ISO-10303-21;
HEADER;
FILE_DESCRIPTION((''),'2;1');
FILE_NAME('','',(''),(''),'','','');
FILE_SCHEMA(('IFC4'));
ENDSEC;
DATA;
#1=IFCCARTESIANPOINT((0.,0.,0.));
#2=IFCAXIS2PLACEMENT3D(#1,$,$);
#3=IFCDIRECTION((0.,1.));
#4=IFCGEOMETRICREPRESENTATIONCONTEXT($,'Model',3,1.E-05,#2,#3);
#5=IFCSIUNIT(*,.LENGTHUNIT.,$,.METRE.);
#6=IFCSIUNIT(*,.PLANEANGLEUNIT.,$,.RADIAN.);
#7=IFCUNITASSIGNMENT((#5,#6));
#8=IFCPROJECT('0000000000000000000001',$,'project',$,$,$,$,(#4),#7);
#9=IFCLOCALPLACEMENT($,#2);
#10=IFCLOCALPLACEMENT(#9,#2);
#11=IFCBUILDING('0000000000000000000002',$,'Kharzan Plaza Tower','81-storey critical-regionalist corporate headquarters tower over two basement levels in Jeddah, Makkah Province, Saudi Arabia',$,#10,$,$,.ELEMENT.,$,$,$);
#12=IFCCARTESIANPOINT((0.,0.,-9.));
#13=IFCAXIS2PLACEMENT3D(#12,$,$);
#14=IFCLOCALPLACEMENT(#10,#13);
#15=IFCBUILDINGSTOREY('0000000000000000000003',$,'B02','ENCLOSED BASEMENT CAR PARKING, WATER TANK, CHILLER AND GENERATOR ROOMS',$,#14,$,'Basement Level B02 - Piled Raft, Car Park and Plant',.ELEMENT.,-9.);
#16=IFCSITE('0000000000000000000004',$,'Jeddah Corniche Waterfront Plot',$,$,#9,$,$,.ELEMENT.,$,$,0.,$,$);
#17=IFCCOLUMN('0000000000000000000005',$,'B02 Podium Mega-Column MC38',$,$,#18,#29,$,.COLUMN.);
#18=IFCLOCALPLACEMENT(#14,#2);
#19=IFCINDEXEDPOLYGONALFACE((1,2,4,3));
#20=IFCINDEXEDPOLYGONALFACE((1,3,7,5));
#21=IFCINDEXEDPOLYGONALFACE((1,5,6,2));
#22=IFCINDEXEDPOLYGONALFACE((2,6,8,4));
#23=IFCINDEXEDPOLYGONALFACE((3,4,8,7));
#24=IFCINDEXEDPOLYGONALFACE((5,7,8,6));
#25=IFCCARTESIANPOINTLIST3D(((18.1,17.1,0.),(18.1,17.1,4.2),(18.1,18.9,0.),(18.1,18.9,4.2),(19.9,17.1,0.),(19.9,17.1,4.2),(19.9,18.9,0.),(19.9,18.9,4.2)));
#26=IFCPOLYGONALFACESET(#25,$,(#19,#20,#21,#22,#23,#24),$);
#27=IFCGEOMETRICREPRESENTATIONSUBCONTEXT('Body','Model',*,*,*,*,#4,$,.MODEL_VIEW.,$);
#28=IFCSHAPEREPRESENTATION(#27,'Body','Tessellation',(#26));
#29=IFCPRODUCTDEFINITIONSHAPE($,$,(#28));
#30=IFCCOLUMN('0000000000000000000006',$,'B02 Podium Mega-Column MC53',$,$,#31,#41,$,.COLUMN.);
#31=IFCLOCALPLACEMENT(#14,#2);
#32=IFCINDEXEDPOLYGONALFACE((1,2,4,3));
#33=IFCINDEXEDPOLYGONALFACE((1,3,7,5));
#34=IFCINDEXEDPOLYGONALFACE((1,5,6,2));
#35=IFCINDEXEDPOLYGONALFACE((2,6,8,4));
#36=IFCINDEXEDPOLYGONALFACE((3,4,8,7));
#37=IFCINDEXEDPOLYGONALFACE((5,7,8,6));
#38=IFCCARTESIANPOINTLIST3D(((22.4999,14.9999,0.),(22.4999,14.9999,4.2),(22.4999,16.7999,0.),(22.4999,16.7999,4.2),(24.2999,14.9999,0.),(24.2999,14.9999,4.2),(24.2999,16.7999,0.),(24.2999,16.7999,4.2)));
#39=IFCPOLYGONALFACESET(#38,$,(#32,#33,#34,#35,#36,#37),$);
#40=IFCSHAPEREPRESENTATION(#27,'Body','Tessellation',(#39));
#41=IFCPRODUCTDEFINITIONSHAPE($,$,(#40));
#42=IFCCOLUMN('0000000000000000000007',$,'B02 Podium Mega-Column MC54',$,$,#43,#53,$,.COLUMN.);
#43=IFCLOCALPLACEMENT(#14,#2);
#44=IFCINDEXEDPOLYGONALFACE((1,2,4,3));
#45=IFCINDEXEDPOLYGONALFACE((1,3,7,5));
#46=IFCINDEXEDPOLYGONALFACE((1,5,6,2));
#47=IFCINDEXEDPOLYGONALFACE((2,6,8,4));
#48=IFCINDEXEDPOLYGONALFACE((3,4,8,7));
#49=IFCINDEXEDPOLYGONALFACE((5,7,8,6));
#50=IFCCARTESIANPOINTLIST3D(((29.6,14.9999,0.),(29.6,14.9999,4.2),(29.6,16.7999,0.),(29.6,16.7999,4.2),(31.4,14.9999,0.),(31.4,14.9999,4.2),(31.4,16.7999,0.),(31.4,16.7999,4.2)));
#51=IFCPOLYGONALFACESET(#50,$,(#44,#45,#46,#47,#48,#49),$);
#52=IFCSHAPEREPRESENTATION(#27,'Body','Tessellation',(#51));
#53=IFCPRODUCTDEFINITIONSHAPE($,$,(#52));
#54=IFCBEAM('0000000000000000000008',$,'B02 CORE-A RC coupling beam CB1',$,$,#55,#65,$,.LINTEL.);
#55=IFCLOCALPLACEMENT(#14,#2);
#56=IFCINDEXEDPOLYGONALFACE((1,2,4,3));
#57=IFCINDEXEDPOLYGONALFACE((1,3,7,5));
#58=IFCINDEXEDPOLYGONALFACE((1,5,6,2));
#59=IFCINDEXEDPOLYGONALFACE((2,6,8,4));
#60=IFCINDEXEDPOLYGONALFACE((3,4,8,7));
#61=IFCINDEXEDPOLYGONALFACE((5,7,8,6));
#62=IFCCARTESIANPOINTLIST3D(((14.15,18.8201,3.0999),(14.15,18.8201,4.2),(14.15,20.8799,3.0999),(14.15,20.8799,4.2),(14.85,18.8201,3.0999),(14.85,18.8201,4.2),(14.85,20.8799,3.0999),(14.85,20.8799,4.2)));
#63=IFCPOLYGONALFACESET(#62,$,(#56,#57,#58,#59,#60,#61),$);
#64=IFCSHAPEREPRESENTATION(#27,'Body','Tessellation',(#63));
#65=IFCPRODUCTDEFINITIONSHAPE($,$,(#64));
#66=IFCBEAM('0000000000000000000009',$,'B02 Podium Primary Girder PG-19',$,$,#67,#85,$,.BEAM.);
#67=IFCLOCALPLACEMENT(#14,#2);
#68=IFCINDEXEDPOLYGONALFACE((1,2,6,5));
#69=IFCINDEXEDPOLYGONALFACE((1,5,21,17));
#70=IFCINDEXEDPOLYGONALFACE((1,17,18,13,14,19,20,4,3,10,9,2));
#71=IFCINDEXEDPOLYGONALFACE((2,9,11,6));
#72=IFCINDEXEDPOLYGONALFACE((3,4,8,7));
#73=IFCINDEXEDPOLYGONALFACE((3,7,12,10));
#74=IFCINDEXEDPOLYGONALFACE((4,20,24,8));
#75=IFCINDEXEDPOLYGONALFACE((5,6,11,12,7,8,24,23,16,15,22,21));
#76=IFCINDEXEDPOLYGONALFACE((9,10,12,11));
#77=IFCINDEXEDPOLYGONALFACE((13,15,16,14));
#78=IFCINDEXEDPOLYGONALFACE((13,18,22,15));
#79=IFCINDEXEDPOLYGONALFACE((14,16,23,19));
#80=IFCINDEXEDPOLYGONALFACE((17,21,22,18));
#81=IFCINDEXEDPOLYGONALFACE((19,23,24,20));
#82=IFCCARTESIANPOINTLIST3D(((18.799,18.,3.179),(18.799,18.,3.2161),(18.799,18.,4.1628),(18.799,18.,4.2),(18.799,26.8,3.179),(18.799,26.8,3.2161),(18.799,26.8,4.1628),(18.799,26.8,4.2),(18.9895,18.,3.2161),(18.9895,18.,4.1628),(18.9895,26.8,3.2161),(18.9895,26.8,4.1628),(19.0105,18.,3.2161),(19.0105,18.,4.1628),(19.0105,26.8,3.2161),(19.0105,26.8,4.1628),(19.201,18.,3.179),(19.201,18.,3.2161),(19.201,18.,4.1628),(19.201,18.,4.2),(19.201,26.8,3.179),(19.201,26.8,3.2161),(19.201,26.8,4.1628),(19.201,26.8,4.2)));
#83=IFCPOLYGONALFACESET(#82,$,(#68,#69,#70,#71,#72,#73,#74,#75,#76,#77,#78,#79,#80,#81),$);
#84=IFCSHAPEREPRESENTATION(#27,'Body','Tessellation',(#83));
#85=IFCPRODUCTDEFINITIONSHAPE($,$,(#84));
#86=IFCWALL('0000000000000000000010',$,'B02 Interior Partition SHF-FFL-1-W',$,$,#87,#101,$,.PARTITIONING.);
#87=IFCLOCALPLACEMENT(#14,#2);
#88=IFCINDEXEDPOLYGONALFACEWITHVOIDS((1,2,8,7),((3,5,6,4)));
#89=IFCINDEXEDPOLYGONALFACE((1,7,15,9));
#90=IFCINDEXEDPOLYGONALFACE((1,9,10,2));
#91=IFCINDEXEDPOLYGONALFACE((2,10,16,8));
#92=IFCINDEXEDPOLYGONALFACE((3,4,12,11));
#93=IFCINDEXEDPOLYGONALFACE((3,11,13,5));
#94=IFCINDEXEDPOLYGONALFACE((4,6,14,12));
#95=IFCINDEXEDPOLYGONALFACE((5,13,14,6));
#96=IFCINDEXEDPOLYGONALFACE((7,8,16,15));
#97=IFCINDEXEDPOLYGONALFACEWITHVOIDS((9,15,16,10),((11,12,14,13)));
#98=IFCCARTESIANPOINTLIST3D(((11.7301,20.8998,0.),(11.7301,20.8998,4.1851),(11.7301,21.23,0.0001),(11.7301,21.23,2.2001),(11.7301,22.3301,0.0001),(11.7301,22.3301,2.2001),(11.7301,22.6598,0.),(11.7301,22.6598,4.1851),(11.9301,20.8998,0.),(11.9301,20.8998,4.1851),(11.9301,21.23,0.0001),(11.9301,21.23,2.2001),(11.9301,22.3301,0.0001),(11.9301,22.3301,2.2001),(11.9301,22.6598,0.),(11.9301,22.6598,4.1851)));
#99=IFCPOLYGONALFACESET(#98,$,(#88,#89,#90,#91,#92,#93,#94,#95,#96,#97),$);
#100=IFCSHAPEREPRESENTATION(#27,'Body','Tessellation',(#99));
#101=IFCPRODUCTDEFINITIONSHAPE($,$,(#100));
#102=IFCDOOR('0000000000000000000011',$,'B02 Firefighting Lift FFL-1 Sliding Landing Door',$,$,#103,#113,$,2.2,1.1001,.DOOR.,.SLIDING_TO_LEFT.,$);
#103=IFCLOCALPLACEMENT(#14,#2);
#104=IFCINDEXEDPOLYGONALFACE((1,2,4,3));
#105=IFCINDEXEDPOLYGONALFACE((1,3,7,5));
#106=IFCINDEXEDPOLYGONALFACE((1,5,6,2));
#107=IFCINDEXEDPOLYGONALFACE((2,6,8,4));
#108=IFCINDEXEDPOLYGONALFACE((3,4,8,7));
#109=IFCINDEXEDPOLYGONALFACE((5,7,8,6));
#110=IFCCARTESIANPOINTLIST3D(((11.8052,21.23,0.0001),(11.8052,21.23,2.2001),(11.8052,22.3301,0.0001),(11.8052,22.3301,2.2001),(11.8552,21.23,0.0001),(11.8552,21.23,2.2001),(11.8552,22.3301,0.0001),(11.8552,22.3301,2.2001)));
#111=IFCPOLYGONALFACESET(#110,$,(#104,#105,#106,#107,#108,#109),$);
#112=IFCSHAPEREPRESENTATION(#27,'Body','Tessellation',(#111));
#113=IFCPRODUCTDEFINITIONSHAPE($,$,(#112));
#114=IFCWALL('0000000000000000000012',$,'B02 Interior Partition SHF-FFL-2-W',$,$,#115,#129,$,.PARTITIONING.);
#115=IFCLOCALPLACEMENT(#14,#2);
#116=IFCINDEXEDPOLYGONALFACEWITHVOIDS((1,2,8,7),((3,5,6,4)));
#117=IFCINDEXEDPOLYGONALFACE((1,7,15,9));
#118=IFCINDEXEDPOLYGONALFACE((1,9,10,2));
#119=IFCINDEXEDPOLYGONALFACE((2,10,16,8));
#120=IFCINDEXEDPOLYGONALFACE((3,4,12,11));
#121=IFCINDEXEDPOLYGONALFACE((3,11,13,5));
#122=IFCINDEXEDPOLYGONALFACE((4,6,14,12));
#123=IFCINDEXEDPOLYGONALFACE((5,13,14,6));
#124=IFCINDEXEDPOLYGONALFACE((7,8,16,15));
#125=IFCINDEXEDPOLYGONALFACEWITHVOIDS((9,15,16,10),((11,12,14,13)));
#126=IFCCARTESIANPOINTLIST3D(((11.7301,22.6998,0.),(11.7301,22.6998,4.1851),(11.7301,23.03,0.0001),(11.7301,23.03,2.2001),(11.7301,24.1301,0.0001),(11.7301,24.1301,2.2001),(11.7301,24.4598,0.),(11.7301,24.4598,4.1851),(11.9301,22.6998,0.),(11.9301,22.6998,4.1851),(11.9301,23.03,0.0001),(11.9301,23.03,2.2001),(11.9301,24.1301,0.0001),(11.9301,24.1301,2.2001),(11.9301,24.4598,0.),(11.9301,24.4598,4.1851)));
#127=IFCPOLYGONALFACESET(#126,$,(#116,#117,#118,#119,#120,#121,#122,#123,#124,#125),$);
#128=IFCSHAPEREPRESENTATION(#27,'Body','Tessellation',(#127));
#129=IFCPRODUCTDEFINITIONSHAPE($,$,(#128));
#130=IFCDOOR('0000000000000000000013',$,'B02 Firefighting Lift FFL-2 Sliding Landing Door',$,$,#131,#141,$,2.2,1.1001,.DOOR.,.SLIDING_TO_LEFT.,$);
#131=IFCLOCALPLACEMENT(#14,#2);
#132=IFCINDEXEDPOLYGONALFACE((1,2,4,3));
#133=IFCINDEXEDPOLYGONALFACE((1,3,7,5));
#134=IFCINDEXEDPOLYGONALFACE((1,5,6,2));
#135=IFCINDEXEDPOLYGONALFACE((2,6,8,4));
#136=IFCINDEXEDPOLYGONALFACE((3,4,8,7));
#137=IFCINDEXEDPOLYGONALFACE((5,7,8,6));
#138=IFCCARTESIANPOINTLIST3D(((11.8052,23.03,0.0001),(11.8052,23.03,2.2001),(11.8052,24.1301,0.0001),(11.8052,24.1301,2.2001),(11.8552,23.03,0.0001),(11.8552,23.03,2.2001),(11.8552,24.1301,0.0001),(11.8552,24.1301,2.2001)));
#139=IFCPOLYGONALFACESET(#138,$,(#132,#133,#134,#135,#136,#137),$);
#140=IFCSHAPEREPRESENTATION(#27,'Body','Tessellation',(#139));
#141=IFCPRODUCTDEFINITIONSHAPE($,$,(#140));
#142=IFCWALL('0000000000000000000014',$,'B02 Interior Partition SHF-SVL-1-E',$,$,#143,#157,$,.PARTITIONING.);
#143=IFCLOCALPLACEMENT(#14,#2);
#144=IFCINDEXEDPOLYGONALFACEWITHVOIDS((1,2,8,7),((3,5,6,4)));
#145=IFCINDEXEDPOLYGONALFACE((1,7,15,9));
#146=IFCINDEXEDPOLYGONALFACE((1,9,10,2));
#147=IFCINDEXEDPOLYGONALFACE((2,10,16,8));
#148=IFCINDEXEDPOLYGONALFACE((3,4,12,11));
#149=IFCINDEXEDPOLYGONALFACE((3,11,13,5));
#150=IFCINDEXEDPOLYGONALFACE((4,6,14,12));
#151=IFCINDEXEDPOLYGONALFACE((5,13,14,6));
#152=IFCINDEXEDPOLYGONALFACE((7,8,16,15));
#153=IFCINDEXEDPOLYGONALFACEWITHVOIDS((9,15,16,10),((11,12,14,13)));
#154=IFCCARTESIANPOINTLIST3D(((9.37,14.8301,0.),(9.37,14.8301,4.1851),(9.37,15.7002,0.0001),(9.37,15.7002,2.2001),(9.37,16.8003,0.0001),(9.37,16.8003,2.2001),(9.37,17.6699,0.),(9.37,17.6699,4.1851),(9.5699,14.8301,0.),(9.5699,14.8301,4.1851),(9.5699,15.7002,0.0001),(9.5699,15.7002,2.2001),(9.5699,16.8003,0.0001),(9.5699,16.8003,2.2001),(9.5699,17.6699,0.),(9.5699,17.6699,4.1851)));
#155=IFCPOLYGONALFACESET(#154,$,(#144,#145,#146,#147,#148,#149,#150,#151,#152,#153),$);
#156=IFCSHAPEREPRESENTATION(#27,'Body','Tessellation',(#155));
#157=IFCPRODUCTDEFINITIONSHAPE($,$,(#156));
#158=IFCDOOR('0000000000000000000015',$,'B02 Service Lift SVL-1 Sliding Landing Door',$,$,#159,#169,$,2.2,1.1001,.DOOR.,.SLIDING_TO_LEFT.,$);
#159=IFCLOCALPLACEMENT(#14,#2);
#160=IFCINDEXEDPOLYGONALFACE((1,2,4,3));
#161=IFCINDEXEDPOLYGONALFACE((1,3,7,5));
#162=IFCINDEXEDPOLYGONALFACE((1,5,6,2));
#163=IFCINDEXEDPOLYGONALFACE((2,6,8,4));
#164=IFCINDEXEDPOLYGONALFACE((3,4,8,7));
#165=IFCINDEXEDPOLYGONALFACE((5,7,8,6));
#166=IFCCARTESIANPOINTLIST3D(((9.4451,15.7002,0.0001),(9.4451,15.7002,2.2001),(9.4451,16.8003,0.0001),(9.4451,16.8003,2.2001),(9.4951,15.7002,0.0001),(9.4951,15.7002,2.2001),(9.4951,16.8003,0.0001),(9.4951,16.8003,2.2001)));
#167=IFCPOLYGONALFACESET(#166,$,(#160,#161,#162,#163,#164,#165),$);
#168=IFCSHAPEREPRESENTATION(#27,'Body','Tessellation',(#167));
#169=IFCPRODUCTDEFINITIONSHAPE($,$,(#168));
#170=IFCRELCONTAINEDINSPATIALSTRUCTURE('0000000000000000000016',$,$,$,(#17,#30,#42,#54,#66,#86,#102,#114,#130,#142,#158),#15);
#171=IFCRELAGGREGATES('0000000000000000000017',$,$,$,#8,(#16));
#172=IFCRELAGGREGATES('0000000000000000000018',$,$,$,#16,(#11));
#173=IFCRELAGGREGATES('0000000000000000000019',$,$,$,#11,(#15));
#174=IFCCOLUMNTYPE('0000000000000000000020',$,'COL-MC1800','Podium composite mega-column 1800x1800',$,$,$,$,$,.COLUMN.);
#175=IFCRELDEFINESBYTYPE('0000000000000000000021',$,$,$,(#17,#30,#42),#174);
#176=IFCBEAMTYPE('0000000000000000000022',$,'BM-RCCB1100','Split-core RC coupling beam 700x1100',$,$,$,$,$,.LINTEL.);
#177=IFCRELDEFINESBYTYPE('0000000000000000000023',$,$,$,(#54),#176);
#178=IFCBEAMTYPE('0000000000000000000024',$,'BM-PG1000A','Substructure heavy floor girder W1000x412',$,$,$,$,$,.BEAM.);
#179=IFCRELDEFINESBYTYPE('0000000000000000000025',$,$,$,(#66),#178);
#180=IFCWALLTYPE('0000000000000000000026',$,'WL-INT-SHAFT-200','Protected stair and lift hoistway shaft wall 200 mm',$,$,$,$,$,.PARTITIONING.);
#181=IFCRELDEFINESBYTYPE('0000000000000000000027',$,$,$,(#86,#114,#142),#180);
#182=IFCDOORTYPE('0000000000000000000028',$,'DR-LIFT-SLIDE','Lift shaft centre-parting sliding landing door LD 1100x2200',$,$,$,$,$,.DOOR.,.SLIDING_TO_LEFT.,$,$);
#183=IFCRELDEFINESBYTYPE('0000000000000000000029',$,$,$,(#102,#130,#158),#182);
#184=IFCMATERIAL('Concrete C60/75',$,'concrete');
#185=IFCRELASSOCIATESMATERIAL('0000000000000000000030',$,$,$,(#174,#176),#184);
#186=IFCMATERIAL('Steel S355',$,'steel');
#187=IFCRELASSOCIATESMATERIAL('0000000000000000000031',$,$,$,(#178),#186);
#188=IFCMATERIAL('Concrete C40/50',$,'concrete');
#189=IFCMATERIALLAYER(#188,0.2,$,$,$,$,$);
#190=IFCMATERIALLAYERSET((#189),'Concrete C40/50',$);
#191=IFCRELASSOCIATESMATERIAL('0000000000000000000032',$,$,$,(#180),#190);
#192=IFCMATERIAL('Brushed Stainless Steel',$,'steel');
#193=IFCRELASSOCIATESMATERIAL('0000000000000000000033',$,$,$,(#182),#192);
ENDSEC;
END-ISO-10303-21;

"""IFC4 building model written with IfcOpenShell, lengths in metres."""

from ifc_helpers import new_model, si_unit, direction, frame, frame_2d, origin, origin_2d, place, context, subcontext, project, spatial, rectangle, i_section, extrude, source, transform, mapped, material, layer, layer_set, material_profile, profile_set, type_object, element, fill, save


model = new_model("IFC4")

# Units and contexts
model_context = context("Model", 3, precision=1e-05, world=origin(), true_north=direction((0.0, 1.0)))
body_context = subcontext(model_context, "Body", "Model", "MODEL_VIEW")
ifc_project = project(units=[si_unit("LENGTHUNIT", "METRE"), si_unit("PLANEANGLEUNIT", "RADIAN")], contexts=[model_context])

# Site, building, storey
site_placement = place(None, origin())
site = spatial("IfcSite", under=ifc_project, at=site_placement, Name="Jeddah Corniche Waterfront Plot", CompositionType="ELEMENT", RefElevation=0.0)
building_placement = place(site_placement, origin())
building = spatial("IfcBuilding", under=site, at=building_placement, Name="Kharzan Plaza Tower", Description="81-storey critical-regionalist corporate headquarters tower over two basement levels in Jeddah, Makkah Province, Saudi Arabia", CompositionType="ELEMENT")
storey_placement = place(building_placement, frame((0.0, 0.0, -9.0)))
storey = spatial("IfcBuildingStorey", under=building, at=storey_placement, Name="B02", Description="ENCLOSED BASEMENT CAR PARKING, WATER TANK, CHILLER AND GENERATOR ROOMS", LongName="Basement Level B02 - Piled Raft, Car Park and Plant", CompositionType="ELEMENT", Elevation=-9.0)

# Columns
ifc_material_1 = material(Name="Concrete C60/75", Category="concrete")
ifc_material_profile_1 = material_profile(ifc_material_1, rectangle(XDim=1.8, YDim=1.8, at=origin_2d()), Name="RC-MC1800x1800")
ifc_profile_set_1 = profile_set([ifc_material_profile_1], Name="Concrete C60/75")
column_type = type_object("IfcColumnType", Name="COL-MC1800", Description="Podium composite mega-column 1800x1800", PredefinedType="COLUMN", material=ifc_profile_set_1)
shared_shape_1 = source(origin(), body_context, "Body", "SweptSolid", [
    extrude(rectangle(XDim=1.8, YDim=1.8, at=origin_2d()), origin(), (0.0, 0.0, 1.0), 4.2),
])
for number, where, z_axis, x_axis, name in (
    (1, (19.0, 18.0, 0.0), (0.0, 0.0, 1.0), (1.0, 0.0, 0.0), "B02 Podium Mega-Column MC38"),
    (2, (23.3999, 15.8999, 0.0), (0.0, 0.0, 1.0), (1.0, 0.0, 0.0), "B02 Podium Mega-Column MC53"),
    (3, (30.5, 15.8999, 0.0), (0.0, 0.0, 1.0), (1.0, 0.0, 0.0), "B02 Podium Mega-Column MC54"),
):
    element("IfcColumn", number, at=place(storey_placement, frame(where, z_axis=z_axis, x_axis=x_axis)), inside=storey, type_object=column_type, Name=name, PredefinedType="COLUMN", context=body_context, shape_type="MappedRepresentation", body=[
        mapped(shared_shape_1, transform((0.0, 0.0, 0.0), x_axis=(1.0, 0.0, 0.0), y_axis=(0.0, 1.0, 0.0), z_axis=(0.0, 0.0, 1.0))),
    ])

# Beams
ifc_material_profile_2 = material_profile(ifc_material_1, rectangle(XDim=0.7, YDim=1.1001, at=origin_2d()), Name="RC-CB1100x700")
ifc_profile_set_2 = profile_set([ifc_material_profile_2], Name="Concrete C60/75")
beam_type_1 = type_object("IfcBeamType", Name="BM-RCCB1100", Description="Split-core RC coupling beam 700x1100", PredefinedType="LINTEL", material=ifc_profile_set_2)
shared_shape_2 = source(origin(), body_context, "Body", "SweptSolid", [
    extrude(rectangle(XDim=0.7, YDim=1.1001, at=origin_2d()), origin(), (0.0, 0.0, 1.0), 2.0598),
])
beam_1_placement = place(storey_placement, frame((14.5, 18.8201, 3.6499), z_axis=(0.0, 1.0, 0.0), x_axis=(-1.0, 0.0, 0.0)))
element("IfcBeam", 4, at=beam_1_placement, inside=storey, type_object=beam_type_1, Name="B02 CORE-A RC coupling beam CB1", PredefinedType="LINTEL", context=body_context, shape_type="MappedRepresentation", body=[
    mapped(shared_shape_2, transform((0.0, 0.0, 0.0), x_axis=(1.0, 0.0, 0.0), y_axis=(0.0, 1.0, 0.0), z_axis=(0.0, 0.0, 1.0))),
])
ifc_material_2 = material(Name="Steel S355", Category="steel")
ifc_material_profile_3 = material_profile(ifc_material_2, i_section(OverallWidth=0.4021, OverallDepth=1.021, WebThickness=0.021, FlangeThickness=0.0371, at=origin_2d()), Name="W1000x412")
ifc_profile_set_3 = profile_set([ifc_material_profile_3], Name="Steel S355")
beam_type_2 = type_object("IfcBeamType", Name="BM-PG1000A", Description="Substructure heavy floor girder W1000x412", PredefinedType="BEAM", material=ifc_profile_set_3)
shared_shape_3 = source(origin(), body_context, "Body", "SweptSolid", [
    extrude(i_section(OverallWidth=0.4021, OverallDepth=1.021, WebThickness=0.021, FlangeThickness=0.0371, at=origin_2d()), origin(), (0.0, 0.0, 1.0), 8.8),
])
beam_2_placement = place(storey_placement, frame((19.0, 18.0, 3.6895), z_axis=(0.0, 1.0, 0.0), x_axis=(-1.0, 0.0, 0.0)))
element("IfcBeam", 5, at=beam_2_placement, inside=storey, type_object=beam_type_2, Name="B02 Podium Primary Girder PG-19", PredefinedType="BEAM", context=body_context, shape_type="MappedRepresentation", body=[
    mapped(shared_shape_3, transform((0.0, 0.0, 0.0), x_axis=(1.0, 0.0, 0.0), y_axis=(0.0, 1.0, 0.0), z_axis=(0.0, 0.0, 1.0))),
])

# Walls, openings, doors
ifc_material_3 = material(Name="Concrete C40/50", Category="concrete")
ifc_layer_1 = layer(ifc_material_3, 0.2)
ifc_layer_set_1 = layer_set([ifc_layer_1], Name="Concrete C40/50")
wall_type_1 = type_object("IfcWallType", Name="WL-INT-SHAFT-200", Description="Protected stair and lift hoistway shaft wall 200 mm", PredefinedType="PARTITIONING", material=ifc_layer_set_1)
wall_1_placement = place(storey_placement, frame((11.8301, 20.8999, 0.0), z_axis=(0.0, 0.0, 1.0), x_axis=(0.0, 1.0, 0.0)))
wall_1 = element("IfcWall", 6, at=wall_1_placement, inside=storey, type_object=wall_type_1, Name="B02 Interior Partition SHF-FFL-1-W", PredefinedType="PARTITIONING", context=body_context, shape_type="SweptSolid", body=[
    extrude(rectangle(XDim=1.76, YDim=0.2, at=frame_2d((0.8799, 0.0))), origin(), (0.0, 0.0, 1.0), 4.1851),
])
opening_1_placement = place(wall_1_placement, frame((0.3301, 0.0, 0.0)))
opening_1 = element("IfcOpeningElement", 7, at=opening_1_placement, cuts=wall_1, PredefinedType="OPENING", context=body_context, shape_type="SweptSolid", body=[
    extrude(rectangle(XDim=1.1001, YDim=2.2, at=frame_2d((0.55, 1.1001))), frame((0.0, 0.1099, 0.0), z_axis=(0.0, -1.0, 0.0), x_axis=(1.0, 0.0, 0.0)), (0.0, 0.0, 1.0), 0.22),
])
ifc_material_4 = material(Name="Brushed Stainless Steel", Category="steel")
door_type_1 = type_object("IfcDoorType", Name="DR-LIFT-SLIDE", Description="Lift shaft centre-parting sliding landing door LD 1100x2200", OperationType="SLIDING_TO_LEFT", PredefinedType="DOOR", material=ifc_material_4)
shared_shape_4 = source(origin(), body_context, "Body", "SweptSolid", [
    extrude(rectangle(XDim=1.1001, YDim=2.2, at=frame_2d((0.55, 1.1001))), frame((0.0, 0.0249, 0.0), z_axis=(0.0, -1.0, 0.0), x_axis=(1.0, 0.0, 0.0)), (0.0, 0.0, 1.0), 0.05),
])
door_1_placement = place(opening_1_placement, origin())
door_1 = element("IfcDoor", 8, at=door_1_placement, inside=storey, type_object=door_type_1, Name="B02 Firefighting Lift FFL-1 Sliding Landing Door", OperationType="SLIDING_TO_LEFT", OverallHeight=2.2, OverallWidth=1.1001, PredefinedType="DOOR", context=body_context, shape_type="MappedRepresentation", body=[
    mapped(shared_shape_4, transform((0.0, 0.0, 0.0), x_axis=(1.0, 0.0, 0.0), y_axis=(0.0, 1.0, 0.0), z_axis=(0.0, 0.0, 1.0))),
])
fill(opening_1, door_1)
wall_2_placement = place(storey_placement, frame((11.8301, 22.7, 0.0), z_axis=(0.0, 0.0, 1.0), x_axis=(0.0, 1.0, 0.0)))
wall_2 = element("IfcWall", 9, at=wall_2_placement, inside=storey, type_object=wall_type_1, Name="B02 Interior Partition SHF-FFL-2-W", PredefinedType="PARTITIONING", context=body_context, shape_type="SweptSolid", body=[
    extrude(rectangle(XDim=1.76, YDim=0.2, at=frame_2d((0.8799, 0.0))), origin(), (0.0, 0.0, 1.0), 4.1851),
])
opening_2_placement = place(wall_2_placement, frame((0.3301, 0.0, 0.0)))
opening_2 = element("IfcOpeningElement", 10, at=opening_2_placement, cuts=wall_2, PredefinedType="OPENING", context=body_context, shape_type="SweptSolid", body=[
    extrude(rectangle(XDim=1.1001, YDim=2.2, at=frame_2d((0.55, 1.1001))), frame((0.0, 0.1099, 0.0), z_axis=(0.0, -1.0, 0.0), x_axis=(1.0, 0.0, 0.0)), (0.0, 0.0, 1.0), 0.22),
])
door_2_placement = place(opening_2_placement, origin())
door_2 = element("IfcDoor", 11, at=door_2_placement, inside=storey, type_object=door_type_1, Name="B02 Firefighting Lift FFL-2 Sliding Landing Door", OperationType="SLIDING_TO_LEFT", OverallHeight=2.2, OverallWidth=1.1001, PredefinedType="DOOR", context=body_context, shape_type="MappedRepresentation", body=[
    mapped(shared_shape_4, transform((0.0, 0.0, 0.0), x_axis=(1.0, 0.0, 0.0), y_axis=(0.0, 1.0, 0.0), z_axis=(0.0, 0.0, 1.0))),
])
fill(opening_2, door_2)
wall_3_placement = place(storey_placement, frame((9.47, 14.8301, 0.0), z_axis=(0.0, 0.0, 1.0), x_axis=(0.0, 1.0, 0.0)))
wall_3 = element("IfcWall", 12, at=wall_3_placement, inside=storey, type_object=wall_type_1, Name="B02 Interior Partition SHF-SVL-1-E", PredefinedType="PARTITIONING", context=body_context, shape_type="SweptSolid", body=[
    extrude(rectangle(XDim=2.8398, YDim=0.2, at=frame_2d((1.4199, 0.0))), origin(), (0.0, 0.0, 1.0), 4.1851),
])
opening_3_placement = place(wall_3_placement, frame((0.8701, 0.0, 0.0)))
opening_3 = element("IfcOpeningElement", 13, at=opening_3_placement, cuts=wall_3, PredefinedType="OPENING", context=body_context, shape_type="SweptSolid", body=[
    extrude(rectangle(XDim=1.1001, YDim=2.2, at=frame_2d((0.55, 1.1001))), frame((0.0, 0.1099, 0.0), z_axis=(0.0, -1.0, 0.0), x_axis=(1.0, 0.0, 0.0)), (0.0, 0.0, 1.0), 0.22),
])
door_3_placement = place(opening_3_placement, origin())
door_3 = element("IfcDoor", 14, at=door_3_placement, inside=storey, type_object=door_type_1, Name="B02 Service Lift SVL-1 Sliding Landing Door", OperationType="SLIDING_TO_LEFT", OverallHeight=2.2, OverallWidth=1.1001, PredefinedType="DOOR", context=body_context, shape_type="MappedRepresentation", body=[
    mapped(shared_shape_4, transform((0.0, 0.0, 0.0), x_axis=(1.0, 0.0, 0.0), y_axis=(0.0, 1.0, 0.0), z_axis=(0.0, 0.0, 1.0))),
])
fill(opening_3, door_3)

save(model, "model.ifc")
